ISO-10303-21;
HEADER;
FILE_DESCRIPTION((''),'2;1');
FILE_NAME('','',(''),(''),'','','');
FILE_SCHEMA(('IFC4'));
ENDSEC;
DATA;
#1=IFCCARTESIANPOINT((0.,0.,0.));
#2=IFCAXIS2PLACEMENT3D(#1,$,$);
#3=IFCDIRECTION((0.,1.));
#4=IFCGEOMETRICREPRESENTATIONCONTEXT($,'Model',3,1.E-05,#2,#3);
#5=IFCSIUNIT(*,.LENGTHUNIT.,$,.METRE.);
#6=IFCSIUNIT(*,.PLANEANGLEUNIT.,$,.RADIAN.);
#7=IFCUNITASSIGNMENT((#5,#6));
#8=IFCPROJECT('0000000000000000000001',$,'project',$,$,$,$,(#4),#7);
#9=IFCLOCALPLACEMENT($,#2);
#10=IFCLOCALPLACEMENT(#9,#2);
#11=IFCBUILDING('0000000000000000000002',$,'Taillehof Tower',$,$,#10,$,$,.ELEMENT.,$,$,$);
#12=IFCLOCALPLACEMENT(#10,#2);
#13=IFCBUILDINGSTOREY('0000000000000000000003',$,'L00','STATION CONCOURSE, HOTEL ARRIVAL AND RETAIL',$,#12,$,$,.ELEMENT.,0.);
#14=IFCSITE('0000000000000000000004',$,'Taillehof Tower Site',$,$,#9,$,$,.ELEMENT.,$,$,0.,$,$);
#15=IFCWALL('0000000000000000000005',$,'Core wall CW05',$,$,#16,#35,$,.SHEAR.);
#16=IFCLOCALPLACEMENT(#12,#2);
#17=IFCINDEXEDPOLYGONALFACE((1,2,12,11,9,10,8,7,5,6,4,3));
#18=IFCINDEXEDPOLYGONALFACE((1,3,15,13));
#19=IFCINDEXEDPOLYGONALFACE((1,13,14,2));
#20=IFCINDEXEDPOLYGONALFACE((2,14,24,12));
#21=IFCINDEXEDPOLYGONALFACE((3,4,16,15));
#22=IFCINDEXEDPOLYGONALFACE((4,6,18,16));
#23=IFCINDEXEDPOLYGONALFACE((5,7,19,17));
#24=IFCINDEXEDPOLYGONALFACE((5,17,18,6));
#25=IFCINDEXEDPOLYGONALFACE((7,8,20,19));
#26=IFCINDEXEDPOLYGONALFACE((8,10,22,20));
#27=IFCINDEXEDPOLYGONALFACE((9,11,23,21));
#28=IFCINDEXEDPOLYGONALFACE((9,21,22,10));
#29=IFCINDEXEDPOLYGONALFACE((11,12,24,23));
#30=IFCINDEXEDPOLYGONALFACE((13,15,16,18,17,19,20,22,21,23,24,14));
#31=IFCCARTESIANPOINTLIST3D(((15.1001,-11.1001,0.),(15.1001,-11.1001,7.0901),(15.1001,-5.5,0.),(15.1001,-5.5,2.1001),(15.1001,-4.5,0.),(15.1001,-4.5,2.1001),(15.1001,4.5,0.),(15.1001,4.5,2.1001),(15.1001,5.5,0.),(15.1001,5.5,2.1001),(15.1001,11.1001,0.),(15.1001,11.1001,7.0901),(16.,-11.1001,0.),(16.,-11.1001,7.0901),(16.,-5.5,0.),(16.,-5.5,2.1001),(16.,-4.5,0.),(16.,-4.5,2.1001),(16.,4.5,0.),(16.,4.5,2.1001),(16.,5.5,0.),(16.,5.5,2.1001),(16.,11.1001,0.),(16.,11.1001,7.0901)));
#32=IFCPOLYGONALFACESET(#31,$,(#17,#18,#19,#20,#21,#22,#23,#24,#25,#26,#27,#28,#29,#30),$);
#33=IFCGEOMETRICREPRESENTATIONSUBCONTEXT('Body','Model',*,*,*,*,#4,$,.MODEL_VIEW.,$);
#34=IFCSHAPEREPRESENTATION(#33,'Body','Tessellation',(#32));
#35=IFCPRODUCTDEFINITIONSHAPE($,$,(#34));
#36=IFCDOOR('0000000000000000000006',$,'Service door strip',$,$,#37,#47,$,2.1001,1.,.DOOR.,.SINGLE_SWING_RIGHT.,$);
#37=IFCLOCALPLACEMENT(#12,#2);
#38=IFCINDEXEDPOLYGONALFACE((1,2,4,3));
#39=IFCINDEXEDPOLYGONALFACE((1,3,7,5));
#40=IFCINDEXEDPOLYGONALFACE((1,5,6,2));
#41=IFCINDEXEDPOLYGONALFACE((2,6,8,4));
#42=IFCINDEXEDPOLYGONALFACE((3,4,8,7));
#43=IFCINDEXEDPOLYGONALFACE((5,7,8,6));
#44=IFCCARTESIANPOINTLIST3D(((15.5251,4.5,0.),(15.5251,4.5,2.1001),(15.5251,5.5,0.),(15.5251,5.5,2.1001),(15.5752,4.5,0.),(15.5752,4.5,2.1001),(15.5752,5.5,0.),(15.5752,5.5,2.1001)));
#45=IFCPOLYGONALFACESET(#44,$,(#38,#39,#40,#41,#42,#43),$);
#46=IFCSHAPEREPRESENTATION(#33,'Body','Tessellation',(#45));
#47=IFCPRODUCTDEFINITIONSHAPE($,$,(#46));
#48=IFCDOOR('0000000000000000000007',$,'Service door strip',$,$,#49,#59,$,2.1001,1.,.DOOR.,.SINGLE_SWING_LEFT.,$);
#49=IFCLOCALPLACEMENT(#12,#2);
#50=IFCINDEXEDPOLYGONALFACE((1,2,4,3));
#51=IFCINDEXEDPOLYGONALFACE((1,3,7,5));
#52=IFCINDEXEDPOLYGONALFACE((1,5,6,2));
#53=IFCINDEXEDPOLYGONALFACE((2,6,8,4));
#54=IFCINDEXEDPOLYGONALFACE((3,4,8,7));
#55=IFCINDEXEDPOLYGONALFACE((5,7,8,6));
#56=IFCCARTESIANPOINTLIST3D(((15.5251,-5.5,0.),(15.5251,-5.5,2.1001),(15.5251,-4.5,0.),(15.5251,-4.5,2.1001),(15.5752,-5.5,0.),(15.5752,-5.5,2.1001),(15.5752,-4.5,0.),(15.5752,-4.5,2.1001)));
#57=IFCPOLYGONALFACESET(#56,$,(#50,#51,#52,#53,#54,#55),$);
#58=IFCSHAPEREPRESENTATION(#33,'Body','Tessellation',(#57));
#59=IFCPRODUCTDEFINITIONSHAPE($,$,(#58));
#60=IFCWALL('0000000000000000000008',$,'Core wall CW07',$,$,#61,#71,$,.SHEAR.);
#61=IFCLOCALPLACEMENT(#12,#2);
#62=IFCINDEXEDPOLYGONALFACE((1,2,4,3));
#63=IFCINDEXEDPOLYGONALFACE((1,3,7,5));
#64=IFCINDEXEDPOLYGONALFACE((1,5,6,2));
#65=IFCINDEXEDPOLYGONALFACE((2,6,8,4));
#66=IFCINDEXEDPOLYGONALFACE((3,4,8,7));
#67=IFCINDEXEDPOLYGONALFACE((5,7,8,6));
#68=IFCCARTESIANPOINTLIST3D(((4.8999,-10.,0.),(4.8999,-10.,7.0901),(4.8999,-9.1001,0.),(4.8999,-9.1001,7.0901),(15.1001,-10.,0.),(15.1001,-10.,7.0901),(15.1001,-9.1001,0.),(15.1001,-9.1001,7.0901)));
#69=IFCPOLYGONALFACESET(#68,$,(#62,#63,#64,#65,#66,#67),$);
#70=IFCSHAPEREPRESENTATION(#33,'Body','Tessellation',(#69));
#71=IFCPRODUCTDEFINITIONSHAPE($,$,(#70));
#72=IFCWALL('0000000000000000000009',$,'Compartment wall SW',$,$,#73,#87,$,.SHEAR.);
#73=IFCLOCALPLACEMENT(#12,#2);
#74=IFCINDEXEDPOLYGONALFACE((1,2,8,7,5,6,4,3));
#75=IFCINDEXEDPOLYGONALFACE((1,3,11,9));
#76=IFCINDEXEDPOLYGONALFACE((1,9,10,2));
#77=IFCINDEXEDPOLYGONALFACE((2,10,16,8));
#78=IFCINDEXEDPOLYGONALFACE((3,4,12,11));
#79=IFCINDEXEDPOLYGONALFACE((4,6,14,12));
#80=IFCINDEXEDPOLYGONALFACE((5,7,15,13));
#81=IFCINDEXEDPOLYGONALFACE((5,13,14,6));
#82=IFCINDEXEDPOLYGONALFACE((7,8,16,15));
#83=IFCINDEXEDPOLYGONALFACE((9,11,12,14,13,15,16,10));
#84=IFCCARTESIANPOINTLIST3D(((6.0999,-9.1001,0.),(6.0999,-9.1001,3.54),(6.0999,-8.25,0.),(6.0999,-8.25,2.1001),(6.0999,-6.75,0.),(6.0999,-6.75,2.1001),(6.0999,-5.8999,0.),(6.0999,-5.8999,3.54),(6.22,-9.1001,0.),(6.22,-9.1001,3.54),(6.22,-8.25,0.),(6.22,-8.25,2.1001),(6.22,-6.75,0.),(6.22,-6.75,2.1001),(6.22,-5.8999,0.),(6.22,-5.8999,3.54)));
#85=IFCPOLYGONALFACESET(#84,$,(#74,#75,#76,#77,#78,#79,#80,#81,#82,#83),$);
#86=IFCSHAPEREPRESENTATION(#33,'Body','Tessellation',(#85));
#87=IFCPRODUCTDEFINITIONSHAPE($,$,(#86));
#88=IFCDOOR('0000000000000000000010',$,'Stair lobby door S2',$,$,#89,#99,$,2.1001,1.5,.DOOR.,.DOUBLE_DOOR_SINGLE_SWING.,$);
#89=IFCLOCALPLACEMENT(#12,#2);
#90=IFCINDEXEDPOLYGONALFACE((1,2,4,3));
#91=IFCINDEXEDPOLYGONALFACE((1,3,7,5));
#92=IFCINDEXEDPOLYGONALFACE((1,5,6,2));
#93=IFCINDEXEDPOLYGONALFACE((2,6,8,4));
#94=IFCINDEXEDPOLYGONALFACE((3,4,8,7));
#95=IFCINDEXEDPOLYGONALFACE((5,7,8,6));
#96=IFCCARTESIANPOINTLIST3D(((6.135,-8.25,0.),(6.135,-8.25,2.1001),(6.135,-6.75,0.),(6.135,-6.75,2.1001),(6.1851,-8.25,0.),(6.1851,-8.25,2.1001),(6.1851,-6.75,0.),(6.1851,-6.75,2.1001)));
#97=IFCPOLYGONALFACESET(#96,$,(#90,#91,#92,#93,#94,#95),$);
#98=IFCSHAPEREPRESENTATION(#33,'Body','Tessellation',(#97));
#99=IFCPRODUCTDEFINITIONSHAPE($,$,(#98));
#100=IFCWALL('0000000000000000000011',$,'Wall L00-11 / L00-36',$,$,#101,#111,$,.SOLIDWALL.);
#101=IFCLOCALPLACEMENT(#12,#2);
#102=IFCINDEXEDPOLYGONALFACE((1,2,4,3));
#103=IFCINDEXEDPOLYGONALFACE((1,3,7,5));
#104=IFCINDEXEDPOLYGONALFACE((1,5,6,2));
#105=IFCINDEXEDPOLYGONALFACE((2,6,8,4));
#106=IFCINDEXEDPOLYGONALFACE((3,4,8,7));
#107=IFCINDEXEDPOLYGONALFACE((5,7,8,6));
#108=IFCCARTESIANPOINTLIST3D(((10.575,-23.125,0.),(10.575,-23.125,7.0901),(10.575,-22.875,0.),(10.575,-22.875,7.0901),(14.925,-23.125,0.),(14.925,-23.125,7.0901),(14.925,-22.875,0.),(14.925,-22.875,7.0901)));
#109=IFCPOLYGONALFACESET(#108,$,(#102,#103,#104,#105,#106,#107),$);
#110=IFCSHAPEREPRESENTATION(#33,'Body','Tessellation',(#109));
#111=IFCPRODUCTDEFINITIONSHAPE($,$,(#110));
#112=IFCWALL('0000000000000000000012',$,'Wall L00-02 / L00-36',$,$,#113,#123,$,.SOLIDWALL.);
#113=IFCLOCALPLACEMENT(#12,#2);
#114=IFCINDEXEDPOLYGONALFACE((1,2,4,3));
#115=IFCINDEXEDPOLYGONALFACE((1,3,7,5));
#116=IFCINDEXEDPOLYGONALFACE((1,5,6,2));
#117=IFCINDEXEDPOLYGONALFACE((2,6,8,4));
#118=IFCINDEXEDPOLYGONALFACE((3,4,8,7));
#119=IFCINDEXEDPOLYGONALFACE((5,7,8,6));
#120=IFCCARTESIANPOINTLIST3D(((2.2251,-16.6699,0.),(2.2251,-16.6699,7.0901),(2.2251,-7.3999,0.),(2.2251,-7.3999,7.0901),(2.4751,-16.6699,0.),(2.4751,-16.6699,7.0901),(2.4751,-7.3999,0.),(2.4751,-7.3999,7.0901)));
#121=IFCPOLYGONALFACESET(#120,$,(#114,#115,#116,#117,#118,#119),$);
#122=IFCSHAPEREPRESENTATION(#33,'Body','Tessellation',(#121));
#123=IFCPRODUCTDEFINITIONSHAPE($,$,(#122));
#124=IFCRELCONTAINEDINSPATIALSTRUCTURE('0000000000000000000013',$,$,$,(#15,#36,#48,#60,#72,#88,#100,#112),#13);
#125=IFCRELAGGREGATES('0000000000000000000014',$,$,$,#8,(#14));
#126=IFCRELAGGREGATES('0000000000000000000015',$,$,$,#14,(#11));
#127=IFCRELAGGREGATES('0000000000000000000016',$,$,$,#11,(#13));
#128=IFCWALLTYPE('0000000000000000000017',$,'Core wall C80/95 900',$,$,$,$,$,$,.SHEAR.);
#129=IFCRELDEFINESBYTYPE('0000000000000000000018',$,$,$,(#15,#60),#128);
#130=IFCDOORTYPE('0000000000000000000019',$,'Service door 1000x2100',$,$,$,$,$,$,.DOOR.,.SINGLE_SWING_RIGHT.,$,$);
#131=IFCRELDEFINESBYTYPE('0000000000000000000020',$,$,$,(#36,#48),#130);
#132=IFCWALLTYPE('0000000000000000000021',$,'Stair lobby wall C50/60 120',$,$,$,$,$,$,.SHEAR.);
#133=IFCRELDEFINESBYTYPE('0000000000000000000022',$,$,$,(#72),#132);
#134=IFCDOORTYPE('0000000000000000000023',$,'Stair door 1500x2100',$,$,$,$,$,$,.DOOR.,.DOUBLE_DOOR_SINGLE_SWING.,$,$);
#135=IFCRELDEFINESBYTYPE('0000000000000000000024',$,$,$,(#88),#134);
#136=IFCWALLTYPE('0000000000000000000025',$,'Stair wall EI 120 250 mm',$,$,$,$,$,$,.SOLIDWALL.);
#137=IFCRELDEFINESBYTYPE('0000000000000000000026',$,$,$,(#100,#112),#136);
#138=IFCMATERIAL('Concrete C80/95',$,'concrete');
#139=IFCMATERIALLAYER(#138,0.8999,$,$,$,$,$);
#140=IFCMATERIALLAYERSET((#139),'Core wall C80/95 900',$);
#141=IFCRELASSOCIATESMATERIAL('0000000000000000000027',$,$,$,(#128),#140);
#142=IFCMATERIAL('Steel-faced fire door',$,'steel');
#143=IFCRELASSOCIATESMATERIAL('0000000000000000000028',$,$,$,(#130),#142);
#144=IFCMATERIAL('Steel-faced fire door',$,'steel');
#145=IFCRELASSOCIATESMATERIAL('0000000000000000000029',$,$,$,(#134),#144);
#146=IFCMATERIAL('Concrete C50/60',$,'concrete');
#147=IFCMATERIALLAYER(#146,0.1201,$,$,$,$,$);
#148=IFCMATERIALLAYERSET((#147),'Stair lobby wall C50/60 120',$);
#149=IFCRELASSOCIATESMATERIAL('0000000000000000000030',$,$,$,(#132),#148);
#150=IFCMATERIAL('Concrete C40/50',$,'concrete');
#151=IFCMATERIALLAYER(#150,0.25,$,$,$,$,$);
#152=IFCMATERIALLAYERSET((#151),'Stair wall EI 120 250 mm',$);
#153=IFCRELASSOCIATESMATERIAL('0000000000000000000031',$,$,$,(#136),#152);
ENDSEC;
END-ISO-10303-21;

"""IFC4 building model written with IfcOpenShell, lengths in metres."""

from ifc_helpers import new_model, si_unit, direction, frame, frame_2d, origin, place, context, subcontext, project, spatial, rectangle, extrude, material, layer, layer_set, type_object, element, fill, save


model = new_model("IFC4")

# Units and contexts
model_context = context("Model", 3, precision=1e-05, world=origin(), true_north=direction((0.0, 1.0)))
body_context = subcontext(model_context, "Body", "Model", "MODEL_VIEW")
ifc_project = project(units=[si_unit("LENGTHUNIT", "METRE"), si_unit("PLANEANGLEUNIT", "RADIAN")], contexts=[model_context])

# Site, building, storey
site_placement = place(None, origin())
site = spatial("IfcSite", under=ifc_project, at=site_placement, Name="Taillehof Tower Site", CompositionType="ELEMENT", RefElevation=0.0)
building_placement = place(site_placement, origin())
building = spatial("IfcBuilding", under=site, at=building_placement, Name="Taillehof Tower", CompositionType="ELEMENT")
storey_placement = place(building_placement, origin())
storey = spatial("IfcBuildingStorey", under=building, at=storey_placement, Name="L00", Description="STATION CONCOURSE, HOTEL ARRIVAL AND RETAIL", CompositionType="ELEMENT", Elevation=0.0)

# Shared definitions
ifc_material_1 = material(Name="Concrete C80/95", Category="concrete")
ifc_layer_1 = layer(ifc_material_1, 0.8999)
ifc_layer_set_1 = layer_set([ifc_layer_1], Name="Core wall C80/95 900")
wall_type_1 = type_object("IfcWallType", Name="Core wall C80/95 900", PredefinedType="SHEAR", material=ifc_layer_set_1)
ifc_material_2 = material(Name="Steel-faced fire door", Category="steel")
door_type_1 = type_object("IfcDoorType", Name="Service door 1000x2100", OperationType="SINGLE_SWING_RIGHT", PredefinedType="DOOR", material=ifc_material_2)
ifc_material_3 = material(Name="Steel-faced fire door", Category="steel")
door_type_2 = type_object("IfcDoorType", Name="Stair door 1500x2100", OperationType="DOUBLE_DOOR_SINGLE_SWING", PredefinedType="DOOR", material=ifc_material_3)

# Wall, openings, doors
wall_1_placement = place(storey_placement, frame((15.55, -11.1001, 0.0), z_axis=(0.0, 0.0, 1.0), x_axis=(0.0, 1.0, 0.0)))
wall_1 = element("IfcWall", 1, at=wall_1_placement, inside=storey, type_object=wall_type_1, Name="Core wall CW05", PredefinedType="SHEAR", context=body_context, shape_type="SweptSolid", body=[
    extrude(rectangle(XDim=22.2002, YDim=0.8999, at=frame_2d((11.1001, 0.0))), origin(), (0.0, 0.0, 1.0), 7.0901),
])
opening_1_placement = place(wall_1_placement, frame((15.6001, 0.0, 0.0)))
opening_1 = element("IfcOpeningElement", 2, at=opening_1_placement, cuts=wall_1, PredefinedType="OPENING", context=body_context, shape_type="SweptSolid", body=[
    extrude(rectangle(XDim=1.0, YDim=2.1001, at=frame_2d((0.5, 1.05))), frame((0.0, 0.46, 0.0), z_axis=(0.0, -1.0, 0.0), x_axis=(1.0, 0.0, 0.0)), (0.0, 0.0, 1.0), 0.9199),
])
opening_2_placement = place(wall_1_placement, frame((5.6001, 0.0, 0.0)))
opening_2 = element("IfcOpeningElement", 3, at=opening_2_placement, cuts=wall_1, PredefinedType="OPENING", context=body_context, shape_type="SweptSolid", body=[
    extrude(rectangle(XDim=1.0, YDim=2.1001, at=frame_2d((0.5, 1.05))), frame((0.0, 0.46, 0.0), z_axis=(0.0, -1.0, 0.0), x_axis=(1.0, 0.0, 0.0)), (0.0, 0.0, 1.0), 0.9199),
])
door_1_placement = place(opening_1_placement, origin())
door_1 = element("IfcDoor", 4, at=door_1_placement, inside=storey, type_object=door_type_1, Name="Service door strip", OperationType="SINGLE_SWING_RIGHT", OverallHeight=2.1001, OverallWidth=1.0, PredefinedType="DOOR", context=body_context, shape_type="SweptSolid", body=[
    extrude(rectangle(XDim=1.0, YDim=2.1001, at=frame_2d((0.5, 1.05))), frame((0.0, 0.0249, 0.0), z_axis=(0.0, -1.0, 0.0), x_axis=(1.0, 0.0, 0.0)), (0.0, 0.0, 1.0), 0.05),
])
fill(opening_1, door_1)
door_2_placement = place(opening_2_placement, origin())
door_2 = element("IfcDoor", 5, at=door_2_placement, inside=storey, type_object=door_type_1, Name="Service door strip", OperationType="SINGLE_SWING_LEFT", OverallHeight=2.1001, OverallWidth=1.0, PredefinedType="DOOR", context=body_context, shape_type="SweptSolid", body=[
    extrude(rectangle(XDim=1.0, YDim=2.1001, at=frame_2d((0.5, 1.05))), frame((0.0, 0.0249, 0.0), z_axis=(0.0, -1.0, 0.0), x_axis=(1.0, 0.0, 0.0)), (0.0, 0.0, 1.0), 0.05),
])
fill(opening_2, door_2)

# Wall
wall_2_placement = place(storey_placement, frame((4.8999, -9.55, 0.0), z_axis=(0.0, 0.0, 1.0), x_axis=(1.0, 0.0, 0.0)))
element("IfcWall", 6, at=wall_2_placement, inside=storey, type_object=wall_type_1, Name="Core wall CW07", PredefinedType="SHEAR", context=body_context, shape_type="SweptSolid", body=[
    extrude(rectangle(XDim=10.2002, YDim=0.8999, at=frame_2d((5.1001, 0.0))), origin(), (0.0, 0.0, 1.0), 7.0901),
])

# Wall, opening, door
ifc_material_4 = material(Name="Concrete C50/60", Category="concrete")
ifc_layer_2 = layer(ifc_material_4, 0.1201)
ifc_layer_set_2 = layer_set([ifc_layer_2], Name="Stair lobby wall C50/60 120")
wall_type_2 = type_object("IfcWallType", Name="Stair lobby wall C50/60 120", PredefinedType="SHEAR", material=ifc_layer_set_2)
wall_3_placement = place(storey_placement, frame((6.1599, -9.1001, 0.0), z_axis=(0.0, 0.0, 1.0), x_axis=(0.0, 1.0, 0.0)))
wall_3 = element("IfcWall", 7, at=wall_3_placement, inside=storey, type_object=wall_type_2, Name="Compartment wall SW", PredefinedType="SHEAR", context=body_context, shape_type="SweptSolid", body=[
    extrude(rectangle(XDim=3.2002, YDim=0.1201, at=frame_2d((1.6001, 0.0))), origin(), (0.0, 0.0, 1.0), 3.54),
])
opening_3_placement = place(wall_3_placement, frame((0.8501, 0.0, 0.0)))
opening_3 = element("IfcOpeningElement", 8, at=opening_3_placement, cuts=wall_3, PredefinedType="OPENING", context=body_context, shape_type="SweptSolid", body=[
    extrude(rectangle(XDim=1.5, YDim=2.1001, at=frame_2d((0.75, 1.05))), frame((0.0, 0.0701, 0.0), z_axis=(0.0, -1.0, 0.0), x_axis=(1.0, 0.0, 0.0)), (0.0, 0.0, 1.0), 0.1401),
])
door_3_placement = place(opening_3_placement, origin())
door_3 = element("IfcDoor", 9, at=door_3_placement, inside=storey, type_object=door_type_2, Name="Stair lobby door S2", OperationType="DOUBLE_DOOR_SINGLE_SWING", OverallHeight=2.1001, OverallWidth=1.5, PredefinedType="DOOR", context=body_context, shape_type="SweptSolid", body=[
    extrude(rectangle(XDim=1.5, YDim=2.1001, at=frame_2d((0.75, 1.05))), frame((0.0, 0.0249, 0.0), z_axis=(0.0, -1.0, 0.0), x_axis=(1.0, 0.0, 0.0)), (0.0, 0.0, 1.0), 0.05),
])
fill(opening_3, door_3)

# Walls
ifc_material_5 = material(Name="Concrete C40/50", Category="concrete")
ifc_layer_3 = layer(ifc_material_5, 0.25)
ifc_layer_set_3 = layer_set([ifc_layer_3], Name="Stair wall EI 120 250 mm")
wall_type_3 = type_object("IfcWallType", Name="Stair wall EI 120 250 mm", PredefinedType="SOLIDWALL", material=ifc_layer_set_3)
wall_4_placement = place(storey_placement, frame((10.575, -23.0, 0.0), z_axis=(0.0, 0.0, 1.0), x_axis=(1.0, 0.0, 0.0)))
element("IfcWall", 10, at=wall_4_placement, inside=storey, type_object=wall_type_3, Name="Wall L00-11 / L00-36", PredefinedType="SOLIDWALL", context=body_context, shape_type="SweptSolid", body=[
    extrude(rectangle(XDim=4.3501, YDim=0.25, at=frame_2d((2.175, 0.0))), origin(), (0.0, 0.0, 1.0), 7.0901),
])
wall_5_placement = place(storey_placement, frame((2.3501, -16.6699, 0.0), z_axis=(0.0, 0.0, 1.0), x_axis=(0.0, 1.0, 0.0)))
element("IfcWall", 11, at=wall_5_placement, inside=storey, type_object=wall_type_3, Name="Wall L00-02 / L00-36", PredefinedType="SOLIDWALL", context=body_context, shape_type="SweptSolid", body=[
    extrude(rectangle(XDim=9.27, YDim=0.25, at=frame_2d((4.635, 0.0))), origin(), (0.0, 0.0, 1.0), 7.0901),
])

save(model, "model.ifc")
